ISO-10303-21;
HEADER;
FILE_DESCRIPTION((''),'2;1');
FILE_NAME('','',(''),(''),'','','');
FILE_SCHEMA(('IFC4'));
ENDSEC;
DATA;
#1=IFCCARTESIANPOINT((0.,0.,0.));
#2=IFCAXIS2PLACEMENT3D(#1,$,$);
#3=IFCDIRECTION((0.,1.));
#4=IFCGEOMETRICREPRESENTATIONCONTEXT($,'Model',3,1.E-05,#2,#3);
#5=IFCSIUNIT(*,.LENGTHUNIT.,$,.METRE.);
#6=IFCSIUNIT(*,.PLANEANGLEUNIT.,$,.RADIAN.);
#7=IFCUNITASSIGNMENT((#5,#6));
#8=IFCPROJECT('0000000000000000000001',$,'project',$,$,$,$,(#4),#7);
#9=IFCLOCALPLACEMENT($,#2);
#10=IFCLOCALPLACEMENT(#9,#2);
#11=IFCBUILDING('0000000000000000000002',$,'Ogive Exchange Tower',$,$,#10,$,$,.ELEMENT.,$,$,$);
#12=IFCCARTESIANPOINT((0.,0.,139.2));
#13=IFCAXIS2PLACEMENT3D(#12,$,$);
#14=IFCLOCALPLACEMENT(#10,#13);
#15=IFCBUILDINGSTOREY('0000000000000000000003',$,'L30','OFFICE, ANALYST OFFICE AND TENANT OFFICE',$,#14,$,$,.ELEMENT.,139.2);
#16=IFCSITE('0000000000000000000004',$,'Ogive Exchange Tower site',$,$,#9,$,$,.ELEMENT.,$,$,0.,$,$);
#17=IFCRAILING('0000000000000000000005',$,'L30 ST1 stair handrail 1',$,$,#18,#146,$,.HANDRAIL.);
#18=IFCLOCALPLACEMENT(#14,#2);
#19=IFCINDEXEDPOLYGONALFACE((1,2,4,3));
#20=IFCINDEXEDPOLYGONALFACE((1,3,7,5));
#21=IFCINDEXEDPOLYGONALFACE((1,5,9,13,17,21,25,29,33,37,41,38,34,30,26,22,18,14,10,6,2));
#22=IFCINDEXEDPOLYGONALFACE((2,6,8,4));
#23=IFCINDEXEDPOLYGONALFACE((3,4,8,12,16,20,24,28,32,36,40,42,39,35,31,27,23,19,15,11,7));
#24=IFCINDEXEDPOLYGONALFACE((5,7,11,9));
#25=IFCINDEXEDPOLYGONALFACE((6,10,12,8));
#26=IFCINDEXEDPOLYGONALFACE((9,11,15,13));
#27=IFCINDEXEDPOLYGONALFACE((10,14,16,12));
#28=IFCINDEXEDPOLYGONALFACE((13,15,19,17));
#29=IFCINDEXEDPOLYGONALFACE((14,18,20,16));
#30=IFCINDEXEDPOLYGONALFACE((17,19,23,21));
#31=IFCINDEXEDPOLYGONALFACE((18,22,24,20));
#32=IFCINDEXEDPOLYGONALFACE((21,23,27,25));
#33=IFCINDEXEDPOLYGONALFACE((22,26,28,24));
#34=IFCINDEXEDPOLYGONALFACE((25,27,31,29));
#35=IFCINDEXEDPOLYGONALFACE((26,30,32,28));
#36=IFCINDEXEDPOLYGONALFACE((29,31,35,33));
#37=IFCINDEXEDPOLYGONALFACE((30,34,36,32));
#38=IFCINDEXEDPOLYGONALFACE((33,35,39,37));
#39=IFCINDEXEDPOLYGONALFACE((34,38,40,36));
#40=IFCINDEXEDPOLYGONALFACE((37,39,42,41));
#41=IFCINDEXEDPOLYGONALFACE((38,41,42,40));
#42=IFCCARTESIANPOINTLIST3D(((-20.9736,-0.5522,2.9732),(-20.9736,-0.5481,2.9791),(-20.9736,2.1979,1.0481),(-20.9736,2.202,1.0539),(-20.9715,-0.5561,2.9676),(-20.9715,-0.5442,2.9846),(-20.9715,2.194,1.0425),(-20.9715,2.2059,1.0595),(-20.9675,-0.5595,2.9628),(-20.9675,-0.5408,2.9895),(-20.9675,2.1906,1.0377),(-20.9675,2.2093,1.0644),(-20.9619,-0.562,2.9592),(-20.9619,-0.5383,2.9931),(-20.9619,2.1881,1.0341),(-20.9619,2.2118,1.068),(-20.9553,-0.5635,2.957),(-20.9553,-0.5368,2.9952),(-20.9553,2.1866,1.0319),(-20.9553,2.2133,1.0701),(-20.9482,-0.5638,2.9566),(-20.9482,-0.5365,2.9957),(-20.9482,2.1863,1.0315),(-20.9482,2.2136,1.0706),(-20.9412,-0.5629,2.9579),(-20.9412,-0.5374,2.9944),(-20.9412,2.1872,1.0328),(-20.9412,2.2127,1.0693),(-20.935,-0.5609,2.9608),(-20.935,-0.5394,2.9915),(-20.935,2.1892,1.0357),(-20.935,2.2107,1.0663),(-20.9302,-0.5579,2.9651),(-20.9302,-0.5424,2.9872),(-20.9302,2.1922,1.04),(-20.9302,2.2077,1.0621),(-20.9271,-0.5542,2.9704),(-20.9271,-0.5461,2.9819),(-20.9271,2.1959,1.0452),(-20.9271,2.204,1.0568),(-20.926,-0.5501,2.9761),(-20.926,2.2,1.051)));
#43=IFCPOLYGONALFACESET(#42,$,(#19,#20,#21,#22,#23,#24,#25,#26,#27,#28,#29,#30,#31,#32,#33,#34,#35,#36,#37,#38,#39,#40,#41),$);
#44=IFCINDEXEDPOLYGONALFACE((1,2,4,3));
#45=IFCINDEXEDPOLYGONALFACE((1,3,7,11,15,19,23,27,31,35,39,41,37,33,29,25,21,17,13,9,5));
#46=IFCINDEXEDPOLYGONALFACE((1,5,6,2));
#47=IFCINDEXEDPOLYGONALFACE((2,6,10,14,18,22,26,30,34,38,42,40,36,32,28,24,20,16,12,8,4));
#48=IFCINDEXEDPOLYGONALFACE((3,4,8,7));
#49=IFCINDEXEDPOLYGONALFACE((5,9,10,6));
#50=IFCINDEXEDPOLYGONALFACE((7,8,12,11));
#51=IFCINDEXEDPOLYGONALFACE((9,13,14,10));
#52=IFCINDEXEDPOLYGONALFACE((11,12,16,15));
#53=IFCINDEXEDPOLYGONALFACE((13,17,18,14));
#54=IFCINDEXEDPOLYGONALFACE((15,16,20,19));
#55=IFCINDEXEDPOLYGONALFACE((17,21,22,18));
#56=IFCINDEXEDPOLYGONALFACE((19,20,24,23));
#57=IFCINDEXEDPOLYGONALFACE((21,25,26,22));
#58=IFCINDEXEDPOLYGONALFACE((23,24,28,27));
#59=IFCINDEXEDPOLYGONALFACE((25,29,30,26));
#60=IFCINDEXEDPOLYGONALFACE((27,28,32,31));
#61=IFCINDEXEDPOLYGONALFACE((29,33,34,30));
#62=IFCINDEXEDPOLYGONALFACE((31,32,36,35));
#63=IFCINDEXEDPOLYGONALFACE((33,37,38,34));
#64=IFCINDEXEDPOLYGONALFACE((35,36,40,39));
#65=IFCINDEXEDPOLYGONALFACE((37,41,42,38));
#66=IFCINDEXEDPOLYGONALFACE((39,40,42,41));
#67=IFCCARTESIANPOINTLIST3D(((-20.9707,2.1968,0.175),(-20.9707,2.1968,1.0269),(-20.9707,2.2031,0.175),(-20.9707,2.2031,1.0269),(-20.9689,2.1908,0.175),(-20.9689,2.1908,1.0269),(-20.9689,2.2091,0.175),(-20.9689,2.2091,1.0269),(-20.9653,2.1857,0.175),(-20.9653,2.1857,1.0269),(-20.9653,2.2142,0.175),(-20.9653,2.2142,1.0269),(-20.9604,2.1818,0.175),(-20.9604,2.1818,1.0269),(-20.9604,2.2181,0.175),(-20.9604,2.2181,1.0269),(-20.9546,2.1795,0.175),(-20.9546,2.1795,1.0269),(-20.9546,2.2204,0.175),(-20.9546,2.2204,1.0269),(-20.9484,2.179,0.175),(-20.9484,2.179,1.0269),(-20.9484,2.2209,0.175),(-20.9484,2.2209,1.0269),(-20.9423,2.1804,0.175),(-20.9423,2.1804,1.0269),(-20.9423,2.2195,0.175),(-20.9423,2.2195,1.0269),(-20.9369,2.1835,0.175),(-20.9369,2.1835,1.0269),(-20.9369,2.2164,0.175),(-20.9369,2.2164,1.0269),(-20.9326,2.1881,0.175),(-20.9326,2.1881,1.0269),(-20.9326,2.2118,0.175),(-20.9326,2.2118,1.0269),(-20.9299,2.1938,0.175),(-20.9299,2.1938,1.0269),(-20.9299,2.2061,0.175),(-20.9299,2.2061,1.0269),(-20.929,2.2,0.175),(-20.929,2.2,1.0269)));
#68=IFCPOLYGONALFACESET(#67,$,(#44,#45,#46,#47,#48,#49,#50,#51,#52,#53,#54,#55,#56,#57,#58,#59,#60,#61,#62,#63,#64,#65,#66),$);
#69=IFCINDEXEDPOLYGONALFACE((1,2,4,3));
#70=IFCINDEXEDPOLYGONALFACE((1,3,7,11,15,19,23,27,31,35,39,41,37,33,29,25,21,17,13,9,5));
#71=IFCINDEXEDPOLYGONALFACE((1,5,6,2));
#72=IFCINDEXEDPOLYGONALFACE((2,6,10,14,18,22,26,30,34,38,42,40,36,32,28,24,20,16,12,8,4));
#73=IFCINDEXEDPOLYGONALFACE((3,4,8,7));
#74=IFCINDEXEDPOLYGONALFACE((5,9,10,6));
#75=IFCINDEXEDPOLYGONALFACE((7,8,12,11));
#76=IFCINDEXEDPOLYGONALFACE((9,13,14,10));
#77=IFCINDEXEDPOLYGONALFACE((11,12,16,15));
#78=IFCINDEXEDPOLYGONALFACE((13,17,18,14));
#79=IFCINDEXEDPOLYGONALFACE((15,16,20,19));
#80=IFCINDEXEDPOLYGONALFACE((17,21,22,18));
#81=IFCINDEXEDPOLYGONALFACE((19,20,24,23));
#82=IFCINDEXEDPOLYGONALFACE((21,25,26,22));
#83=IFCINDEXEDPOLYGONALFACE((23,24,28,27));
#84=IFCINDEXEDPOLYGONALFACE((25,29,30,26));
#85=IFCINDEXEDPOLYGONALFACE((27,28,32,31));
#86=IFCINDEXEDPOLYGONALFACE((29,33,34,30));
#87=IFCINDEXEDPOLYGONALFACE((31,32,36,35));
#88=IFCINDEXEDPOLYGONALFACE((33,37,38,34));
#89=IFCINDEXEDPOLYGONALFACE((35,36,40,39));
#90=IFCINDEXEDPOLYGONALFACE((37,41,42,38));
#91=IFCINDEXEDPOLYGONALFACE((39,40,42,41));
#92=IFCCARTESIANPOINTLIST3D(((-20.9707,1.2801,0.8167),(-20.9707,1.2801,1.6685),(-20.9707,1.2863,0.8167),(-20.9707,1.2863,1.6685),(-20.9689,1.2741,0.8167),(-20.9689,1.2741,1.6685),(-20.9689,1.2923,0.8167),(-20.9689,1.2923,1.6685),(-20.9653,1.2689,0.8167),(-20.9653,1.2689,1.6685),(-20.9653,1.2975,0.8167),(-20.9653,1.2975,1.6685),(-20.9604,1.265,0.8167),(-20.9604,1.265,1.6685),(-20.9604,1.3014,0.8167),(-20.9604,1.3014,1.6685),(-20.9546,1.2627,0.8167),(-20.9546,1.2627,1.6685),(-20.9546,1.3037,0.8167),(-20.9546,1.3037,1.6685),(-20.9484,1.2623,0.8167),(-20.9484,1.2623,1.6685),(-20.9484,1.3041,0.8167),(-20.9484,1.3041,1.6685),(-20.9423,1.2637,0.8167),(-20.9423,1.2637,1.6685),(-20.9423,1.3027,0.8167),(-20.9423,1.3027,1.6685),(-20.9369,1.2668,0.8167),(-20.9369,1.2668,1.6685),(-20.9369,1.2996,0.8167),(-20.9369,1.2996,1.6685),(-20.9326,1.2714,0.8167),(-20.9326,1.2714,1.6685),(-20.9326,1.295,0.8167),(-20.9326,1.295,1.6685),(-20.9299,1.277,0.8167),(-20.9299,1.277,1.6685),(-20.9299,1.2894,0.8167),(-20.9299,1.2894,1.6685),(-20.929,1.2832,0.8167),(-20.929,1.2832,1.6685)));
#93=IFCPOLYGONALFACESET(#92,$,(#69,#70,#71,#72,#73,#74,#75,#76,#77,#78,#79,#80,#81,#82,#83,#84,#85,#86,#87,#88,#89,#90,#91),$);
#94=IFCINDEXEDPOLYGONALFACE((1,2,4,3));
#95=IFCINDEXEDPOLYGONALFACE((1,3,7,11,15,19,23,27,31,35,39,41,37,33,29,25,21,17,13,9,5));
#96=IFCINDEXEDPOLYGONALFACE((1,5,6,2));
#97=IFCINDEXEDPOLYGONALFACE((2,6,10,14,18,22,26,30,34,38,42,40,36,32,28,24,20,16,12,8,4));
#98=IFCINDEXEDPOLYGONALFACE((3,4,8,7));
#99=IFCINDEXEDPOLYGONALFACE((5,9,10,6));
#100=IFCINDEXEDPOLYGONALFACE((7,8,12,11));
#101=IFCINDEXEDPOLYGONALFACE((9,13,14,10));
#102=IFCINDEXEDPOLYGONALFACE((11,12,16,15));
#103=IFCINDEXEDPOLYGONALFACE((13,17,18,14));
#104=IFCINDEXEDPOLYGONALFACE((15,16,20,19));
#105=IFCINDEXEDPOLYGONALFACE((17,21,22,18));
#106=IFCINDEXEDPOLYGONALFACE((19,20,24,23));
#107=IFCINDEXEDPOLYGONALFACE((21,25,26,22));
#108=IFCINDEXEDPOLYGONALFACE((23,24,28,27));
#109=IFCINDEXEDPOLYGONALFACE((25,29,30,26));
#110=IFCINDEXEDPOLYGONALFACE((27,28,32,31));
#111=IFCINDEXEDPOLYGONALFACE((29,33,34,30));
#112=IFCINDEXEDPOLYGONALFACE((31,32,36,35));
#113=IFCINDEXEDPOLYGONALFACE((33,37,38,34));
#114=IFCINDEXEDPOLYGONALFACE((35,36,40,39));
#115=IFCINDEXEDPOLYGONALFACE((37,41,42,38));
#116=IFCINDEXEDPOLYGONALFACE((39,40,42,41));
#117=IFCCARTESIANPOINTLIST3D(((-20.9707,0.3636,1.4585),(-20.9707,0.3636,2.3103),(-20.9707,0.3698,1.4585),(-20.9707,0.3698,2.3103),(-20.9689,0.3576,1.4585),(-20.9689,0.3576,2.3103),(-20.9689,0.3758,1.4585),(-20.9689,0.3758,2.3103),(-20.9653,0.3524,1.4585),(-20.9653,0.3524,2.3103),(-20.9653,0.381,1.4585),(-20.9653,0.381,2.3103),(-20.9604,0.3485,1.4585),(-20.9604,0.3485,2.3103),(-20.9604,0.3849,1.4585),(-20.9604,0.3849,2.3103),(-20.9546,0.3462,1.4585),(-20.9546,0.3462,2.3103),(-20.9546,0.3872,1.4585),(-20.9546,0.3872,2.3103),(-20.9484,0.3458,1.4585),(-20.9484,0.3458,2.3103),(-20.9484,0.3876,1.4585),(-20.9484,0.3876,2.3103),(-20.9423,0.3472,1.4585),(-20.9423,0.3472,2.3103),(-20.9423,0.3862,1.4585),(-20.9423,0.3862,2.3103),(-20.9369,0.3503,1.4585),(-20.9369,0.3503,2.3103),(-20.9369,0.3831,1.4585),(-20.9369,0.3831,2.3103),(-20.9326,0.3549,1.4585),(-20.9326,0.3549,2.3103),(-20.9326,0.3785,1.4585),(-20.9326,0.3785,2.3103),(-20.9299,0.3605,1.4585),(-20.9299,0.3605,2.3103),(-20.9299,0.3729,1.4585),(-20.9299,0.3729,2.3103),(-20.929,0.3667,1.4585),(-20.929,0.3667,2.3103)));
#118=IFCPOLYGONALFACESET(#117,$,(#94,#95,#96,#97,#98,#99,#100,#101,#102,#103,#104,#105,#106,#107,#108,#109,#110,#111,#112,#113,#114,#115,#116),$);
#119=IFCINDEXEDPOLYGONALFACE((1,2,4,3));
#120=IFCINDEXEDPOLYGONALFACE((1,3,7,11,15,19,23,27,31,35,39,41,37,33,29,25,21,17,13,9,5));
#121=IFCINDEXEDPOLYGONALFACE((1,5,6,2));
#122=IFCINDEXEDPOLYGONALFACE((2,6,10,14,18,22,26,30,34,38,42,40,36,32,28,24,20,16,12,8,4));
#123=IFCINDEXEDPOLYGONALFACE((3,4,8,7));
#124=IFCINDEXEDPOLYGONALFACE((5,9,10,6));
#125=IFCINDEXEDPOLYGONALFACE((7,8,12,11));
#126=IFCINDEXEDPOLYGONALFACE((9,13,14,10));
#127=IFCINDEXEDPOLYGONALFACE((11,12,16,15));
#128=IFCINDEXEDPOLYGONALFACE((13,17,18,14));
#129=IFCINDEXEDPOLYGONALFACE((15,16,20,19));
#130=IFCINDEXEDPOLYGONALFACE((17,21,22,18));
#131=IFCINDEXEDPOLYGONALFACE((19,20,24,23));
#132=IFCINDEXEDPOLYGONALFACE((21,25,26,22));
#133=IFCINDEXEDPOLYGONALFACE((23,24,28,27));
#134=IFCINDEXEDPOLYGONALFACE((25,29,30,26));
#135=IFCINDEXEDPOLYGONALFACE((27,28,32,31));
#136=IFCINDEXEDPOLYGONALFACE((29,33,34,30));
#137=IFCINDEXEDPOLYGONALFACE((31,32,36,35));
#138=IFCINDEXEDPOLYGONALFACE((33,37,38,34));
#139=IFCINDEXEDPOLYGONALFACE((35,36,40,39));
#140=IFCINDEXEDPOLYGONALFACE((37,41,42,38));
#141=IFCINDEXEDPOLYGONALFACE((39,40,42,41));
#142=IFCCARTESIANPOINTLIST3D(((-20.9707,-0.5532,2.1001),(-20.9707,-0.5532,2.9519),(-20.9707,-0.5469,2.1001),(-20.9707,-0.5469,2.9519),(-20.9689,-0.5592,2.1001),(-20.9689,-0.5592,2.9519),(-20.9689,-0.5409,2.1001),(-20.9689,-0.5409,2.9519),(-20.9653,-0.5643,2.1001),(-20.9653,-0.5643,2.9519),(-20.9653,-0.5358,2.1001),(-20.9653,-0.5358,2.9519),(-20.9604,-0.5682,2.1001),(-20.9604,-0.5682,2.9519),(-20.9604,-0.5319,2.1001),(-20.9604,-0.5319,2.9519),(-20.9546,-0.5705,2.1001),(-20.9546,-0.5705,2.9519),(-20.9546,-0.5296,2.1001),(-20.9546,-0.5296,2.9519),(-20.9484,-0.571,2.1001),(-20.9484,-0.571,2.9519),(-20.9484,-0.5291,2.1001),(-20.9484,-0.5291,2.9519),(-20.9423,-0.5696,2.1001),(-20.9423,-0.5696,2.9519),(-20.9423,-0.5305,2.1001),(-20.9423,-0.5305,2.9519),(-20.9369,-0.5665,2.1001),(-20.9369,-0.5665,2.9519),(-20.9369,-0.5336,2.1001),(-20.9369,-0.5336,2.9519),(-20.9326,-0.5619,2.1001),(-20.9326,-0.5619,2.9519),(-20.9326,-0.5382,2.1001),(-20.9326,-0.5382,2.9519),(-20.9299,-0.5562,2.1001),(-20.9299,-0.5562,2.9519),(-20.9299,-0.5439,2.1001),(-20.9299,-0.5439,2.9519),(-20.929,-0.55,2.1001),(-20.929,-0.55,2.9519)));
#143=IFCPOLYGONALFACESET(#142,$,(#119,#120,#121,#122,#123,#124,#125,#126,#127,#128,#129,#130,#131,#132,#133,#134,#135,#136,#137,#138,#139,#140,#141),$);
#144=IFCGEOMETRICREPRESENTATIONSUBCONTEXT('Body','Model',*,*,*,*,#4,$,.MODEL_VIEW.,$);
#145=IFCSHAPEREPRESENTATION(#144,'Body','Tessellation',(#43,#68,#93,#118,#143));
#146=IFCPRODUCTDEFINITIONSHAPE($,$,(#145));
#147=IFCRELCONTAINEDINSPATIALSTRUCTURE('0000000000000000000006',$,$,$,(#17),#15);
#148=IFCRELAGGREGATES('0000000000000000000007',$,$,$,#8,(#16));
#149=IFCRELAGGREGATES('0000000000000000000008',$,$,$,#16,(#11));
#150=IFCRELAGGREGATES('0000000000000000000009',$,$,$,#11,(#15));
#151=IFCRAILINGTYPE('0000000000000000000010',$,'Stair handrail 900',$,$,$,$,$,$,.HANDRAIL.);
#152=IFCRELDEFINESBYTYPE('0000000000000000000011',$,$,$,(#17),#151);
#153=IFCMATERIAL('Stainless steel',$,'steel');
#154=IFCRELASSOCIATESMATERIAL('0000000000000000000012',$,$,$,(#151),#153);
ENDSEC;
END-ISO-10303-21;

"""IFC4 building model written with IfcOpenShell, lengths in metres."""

from ifc_helpers import new_model, si_unit, direction, frame, origin, origin_2d, place, context, subcontext, project, spatial, circle, extrude, material, type_object, element, save


model = new_model("IFC4")

# Units and contexts
model_context = context("Model", 3, precision=1e-05, world=origin(), true_north=direction((0.0, 1.0)))
body_context = subcontext(model_context, "Body", "Model", "MODEL_VIEW")
ifc_project = project(units=[si_unit("LENGTHUNIT", "METRE"), si_unit("PLANEANGLEUNIT", "RADIAN")], contexts=[model_context])

# Site, building, storey
site_placement = place(None, origin())
site = spatial("IfcSite", under=ifc_project, at=site_placement, Name="Ogive Exchange Tower site", CompositionType="ELEMENT", RefElevation=0.0)
building_placement = place(site_placement, origin())
building = spatial("IfcBuilding", under=site, at=building_placement, Name="Ogive Exchange Tower", CompositionType="ELEMENT")
storey_placement = place(building_placement, frame((0.0, 0.0, 139.2)))
storey = spatial("IfcBuildingStorey", under=building, at=storey_placement, Name="L30", Description="OFFICE, ANALYST OFFICE AND TENANT OFFICE", CompositionType="ELEMENT", Elevation=139.2)

# Shared definitions
ifc_material_1 = material(Name="Stainless steel", Category="steel")

# Railing
railing_type = type_object("IfcRailingType", Name="Stair handrail 900", PredefinedType="HANDRAIL", material=ifc_material_1)
railing_1_placement = place(storey_placement, frame((-20.95, 2.2, 0.175)))
element("IfcRailing", 1, at=railing_1_placement, inside=storey, type_object=railing_type, Name="L30 ST1 stair handrail 1", PredefinedType="HANDRAIL", context=body_context, shape_type="SweptSolid", body=[
    extrude(circle(Radius=0.0239, at=origin_2d()), frame((0.0, 0.0, 0.876), z_axis=(0.0, -0.819225, 0.573472), x_axis=(1.0, 0.0, 0.0)), (0.0, 0.0, 1.0), 3.3569),
    extrude(circle(Radius=0.021, at=origin_2d()), origin(), (0.0, 0.0, 1.0), 0.8518),
    extrude(circle(Radius=0.021, at=origin_2d()), frame((0.0, -0.9167, 0.6416)), (0.0, 0.0, 1.0), 0.8518),
    extrude(circle(Radius=0.021, at=origin_2d()), frame((0.0, -1.8333, 1.2834)), (0.0, 0.0, 1.0), 0.8518),
    extrude(circle(Radius=0.021, at=origin_2d()), frame((0.0, -2.75, 1.925)), (0.0, 0.0, 1.0), 0.8518),
])

save(model, "model.ifc")
